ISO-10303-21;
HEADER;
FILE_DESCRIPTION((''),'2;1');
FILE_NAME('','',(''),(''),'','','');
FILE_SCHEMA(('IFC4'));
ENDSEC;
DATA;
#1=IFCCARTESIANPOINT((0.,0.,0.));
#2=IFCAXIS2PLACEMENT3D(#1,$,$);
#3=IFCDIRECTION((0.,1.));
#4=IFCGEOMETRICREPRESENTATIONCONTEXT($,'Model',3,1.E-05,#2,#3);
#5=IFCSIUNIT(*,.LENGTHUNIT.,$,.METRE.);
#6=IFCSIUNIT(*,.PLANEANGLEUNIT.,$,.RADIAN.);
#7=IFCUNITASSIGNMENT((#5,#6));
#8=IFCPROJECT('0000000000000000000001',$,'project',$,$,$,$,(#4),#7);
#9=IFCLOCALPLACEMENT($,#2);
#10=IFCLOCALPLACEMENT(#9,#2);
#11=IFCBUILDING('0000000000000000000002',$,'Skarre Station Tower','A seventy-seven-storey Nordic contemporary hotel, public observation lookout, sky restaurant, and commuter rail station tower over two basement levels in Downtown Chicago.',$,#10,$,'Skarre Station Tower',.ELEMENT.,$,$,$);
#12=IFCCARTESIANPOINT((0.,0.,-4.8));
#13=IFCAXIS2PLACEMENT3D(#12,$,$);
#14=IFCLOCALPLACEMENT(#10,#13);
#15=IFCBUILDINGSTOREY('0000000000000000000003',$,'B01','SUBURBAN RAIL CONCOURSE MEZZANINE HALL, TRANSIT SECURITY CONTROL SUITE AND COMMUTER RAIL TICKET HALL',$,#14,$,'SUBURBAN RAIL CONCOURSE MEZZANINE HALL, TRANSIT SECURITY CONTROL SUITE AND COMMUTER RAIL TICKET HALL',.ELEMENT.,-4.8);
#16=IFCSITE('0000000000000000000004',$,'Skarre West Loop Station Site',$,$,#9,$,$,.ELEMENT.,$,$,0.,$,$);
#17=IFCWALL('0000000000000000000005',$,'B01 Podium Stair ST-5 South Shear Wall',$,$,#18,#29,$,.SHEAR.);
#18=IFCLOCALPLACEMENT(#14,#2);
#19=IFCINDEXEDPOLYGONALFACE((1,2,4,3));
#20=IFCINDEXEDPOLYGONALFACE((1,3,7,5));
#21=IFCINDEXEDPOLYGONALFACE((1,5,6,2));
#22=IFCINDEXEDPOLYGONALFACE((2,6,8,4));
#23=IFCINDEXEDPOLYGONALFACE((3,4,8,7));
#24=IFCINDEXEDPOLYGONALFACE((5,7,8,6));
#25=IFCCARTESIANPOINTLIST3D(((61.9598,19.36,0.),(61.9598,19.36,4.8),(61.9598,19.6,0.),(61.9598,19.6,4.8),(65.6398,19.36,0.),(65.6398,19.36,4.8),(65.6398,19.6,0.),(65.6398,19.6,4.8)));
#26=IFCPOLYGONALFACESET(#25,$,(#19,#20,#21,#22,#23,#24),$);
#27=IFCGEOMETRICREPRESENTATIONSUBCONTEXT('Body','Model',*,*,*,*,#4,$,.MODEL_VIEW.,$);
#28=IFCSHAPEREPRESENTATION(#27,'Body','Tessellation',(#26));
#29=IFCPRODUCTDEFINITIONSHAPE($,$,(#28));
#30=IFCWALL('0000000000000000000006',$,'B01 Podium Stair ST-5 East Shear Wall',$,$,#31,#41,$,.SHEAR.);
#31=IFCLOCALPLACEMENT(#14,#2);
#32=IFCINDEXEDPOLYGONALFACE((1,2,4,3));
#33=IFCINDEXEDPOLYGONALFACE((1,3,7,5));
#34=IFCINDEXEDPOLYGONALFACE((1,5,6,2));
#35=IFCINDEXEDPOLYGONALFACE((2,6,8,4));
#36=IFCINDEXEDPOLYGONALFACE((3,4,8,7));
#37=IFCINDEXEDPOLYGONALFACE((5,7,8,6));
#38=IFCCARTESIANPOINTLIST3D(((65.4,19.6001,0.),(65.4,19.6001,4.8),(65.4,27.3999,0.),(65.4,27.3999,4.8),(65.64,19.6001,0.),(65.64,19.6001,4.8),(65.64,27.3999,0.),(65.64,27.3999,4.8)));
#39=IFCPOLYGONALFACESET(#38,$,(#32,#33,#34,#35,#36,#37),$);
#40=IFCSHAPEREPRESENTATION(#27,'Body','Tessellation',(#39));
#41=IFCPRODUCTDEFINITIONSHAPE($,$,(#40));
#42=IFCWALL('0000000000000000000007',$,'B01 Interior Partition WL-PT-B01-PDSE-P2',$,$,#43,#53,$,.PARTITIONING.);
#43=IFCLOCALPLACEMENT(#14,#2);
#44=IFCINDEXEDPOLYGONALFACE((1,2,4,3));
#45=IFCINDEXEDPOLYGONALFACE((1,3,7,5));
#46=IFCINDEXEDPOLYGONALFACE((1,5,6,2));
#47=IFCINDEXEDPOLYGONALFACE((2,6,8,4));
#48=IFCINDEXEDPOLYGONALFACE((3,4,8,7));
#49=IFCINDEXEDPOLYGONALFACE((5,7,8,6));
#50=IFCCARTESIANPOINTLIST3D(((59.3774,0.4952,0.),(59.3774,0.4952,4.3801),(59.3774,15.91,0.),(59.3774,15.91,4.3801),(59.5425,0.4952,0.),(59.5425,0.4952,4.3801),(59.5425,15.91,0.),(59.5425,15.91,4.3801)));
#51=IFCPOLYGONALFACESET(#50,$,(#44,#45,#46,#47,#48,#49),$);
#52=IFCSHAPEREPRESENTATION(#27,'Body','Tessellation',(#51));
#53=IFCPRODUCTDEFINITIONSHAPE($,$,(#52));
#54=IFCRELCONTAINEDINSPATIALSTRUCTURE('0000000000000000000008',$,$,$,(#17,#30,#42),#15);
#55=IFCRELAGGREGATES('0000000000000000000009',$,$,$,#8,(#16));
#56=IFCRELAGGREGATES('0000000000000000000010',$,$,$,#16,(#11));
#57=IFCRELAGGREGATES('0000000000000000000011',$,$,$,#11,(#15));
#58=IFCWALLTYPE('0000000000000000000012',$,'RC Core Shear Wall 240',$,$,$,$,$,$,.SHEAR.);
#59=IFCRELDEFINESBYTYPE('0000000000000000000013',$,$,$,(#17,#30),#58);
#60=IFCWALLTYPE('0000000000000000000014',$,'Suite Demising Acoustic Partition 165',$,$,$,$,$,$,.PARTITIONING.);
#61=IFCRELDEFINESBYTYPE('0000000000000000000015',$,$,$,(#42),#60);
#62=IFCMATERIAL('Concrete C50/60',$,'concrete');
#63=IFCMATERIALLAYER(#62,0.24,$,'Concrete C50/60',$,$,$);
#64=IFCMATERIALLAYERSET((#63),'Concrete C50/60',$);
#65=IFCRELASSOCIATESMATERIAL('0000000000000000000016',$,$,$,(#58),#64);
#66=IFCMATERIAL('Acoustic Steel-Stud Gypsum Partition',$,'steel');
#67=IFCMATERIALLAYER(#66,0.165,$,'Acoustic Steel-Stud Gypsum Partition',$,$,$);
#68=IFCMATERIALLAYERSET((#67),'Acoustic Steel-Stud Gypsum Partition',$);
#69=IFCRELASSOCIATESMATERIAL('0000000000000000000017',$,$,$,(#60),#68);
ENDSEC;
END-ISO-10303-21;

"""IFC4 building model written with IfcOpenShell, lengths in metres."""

from ifc_helpers import new_model, si_unit, direction, frame, frame_2d, origin, place, context, subcontext, project, spatial, rectangle, extrude, material, layer, layer_set, type_object, element, save


model = new_model("IFC4")

# Units and contexts
model_context = context("Model", 3, precision=1e-05, world=origin(), true_north=direction((0.0, 1.0)))
body_context = subcontext(model_context, "Body", "Model", "MODEL_VIEW")
ifc_project = project(units=[si_unit("LENGTHUNIT", "METRE"), si_unit("PLANEANGLEUNIT", "RADIAN")], contexts=[model_context])

# Site, building, storey
site_placement = place(None, origin())
site = spatial("IfcSite", under=ifc_project, at=site_placement, Name="Skarre West Loop Station Site", CompositionType="ELEMENT", RefElevation=0.0)
building_placement = place(site_placement, origin())
building = spatial("IfcBuilding", under=site, at=building_placement, Name="Skarre Station Tower", Description="A seventy-seven-storey Nordic contemporary hotel, public observation lookout, sky restaurant, and commuter rail station tower over two basement levels in Downtown Chicago.", LongName="Skarre Station Tower", CompositionType="ELEMENT")
storey_placement = place(building_placement, frame((0.0, 0.0, -4.8)))
storey = spatial("IfcBuildingStorey", under=building, at=storey_placement, Name="B01", Description="SUBURBAN RAIL CONCOURSE MEZZANINE HALL, TRANSIT SECURITY CONTROL SUITE AND COMMUTER RAIL TICKET HALL", LongName="SUBURBAN RAIL CONCOURSE MEZZANINE HALL, TRANSIT SECURITY CONTROL SUITE AND COMMUTER RAIL TICKET HALL", CompositionType="ELEMENT", Elevation=-4.8)

# Shared definitions
ifc_material_1 = material(Name="Concrete C50/60", Category="concrete")

# Shared definitions
ifc_material_2 = material(Name="Acoustic Steel-Stud Gypsum Partition", Category="steel")

# Walls
ifc_layer_1 = layer(ifc_material_1, 0.24, Name="Concrete C50/60")
ifc_layer_set_1 = layer_set([ifc_layer_1], Name="Concrete C50/60")
wall_type_1 = type_object("IfcWallType", Name="RC Core Shear Wall 240", PredefinedType="SHEAR", material=ifc_layer_set_1)
wall_1_placement = place(storey_placement, frame((61.96, 19.48, 0.0), z_axis=(0.0, 0.0, 1.0), x_axis=(1.0, 0.0, 0.0)))
element("IfcWall", 1, at=wall_1_placement, inside=storey, type_object=wall_type_1, Name="B01 Podium Stair ST-5 South Shear Wall", PredefinedType="SHEAR", context=body_context, shape_type="SweptSolid", body=[
    extrude(rectangle(XDim=3.6799, YDim=0.24, at=frame_2d((1.8398, 0.0))), origin(), (0.0, 0.0, 1.0), 4.8),
])
wall_2_placement = place(storey_placement, frame((65.52, 19.6001, 0.0), z_axis=(0.0, 0.0, 1.0), x_axis=(0.0, 1.0, 0.0)))
element("IfcWall", 2, at=wall_2_placement, inside=storey, type_object=wall_type_1, Name="B01 Podium Stair ST-5 East Shear Wall", PredefinedType="SHEAR", context=body_context, shape_type="SweptSolid", body=[
    extrude(rectangle(XDim=7.7998, YDim=0.24, at=frame_2d((3.8999, 0.0))), origin(), (0.0, 0.0, 1.0), 4.8),
])
ifc_layer_2 = layer(ifc_material_2, 0.165, Name="Acoustic Steel-Stud Gypsum Partition")
ifc_layer_set_2 = layer_set([ifc_layer_2], Name="Acoustic Steel-Stud Gypsum Partition")
wall_type_2 = type_object("IfcWallType", Name="Suite Demising Acoustic Partition 165", PredefinedType="PARTITIONING", material=ifc_layer_set_2)
wall_3_placement = place(storey_placement, frame((59.46, 0.4951, 0.0), z_axis=(0.0, 0.0, 1.0), x_axis=(0.0, 1.0, 0.0)))
element("IfcWall", 3, at=wall_3_placement, inside=storey, type_object=wall_type_2, Name="B01 Interior Partition WL-PT-B01-PDSE-P2", PredefinedType="PARTITIONING", context=body_context, shape_type="SweptSolid", body=[
    extrude(rectangle(XDim=15.4148, YDim=0.165, at=frame_2d((7.7075, 0.0))), origin(), (0.0, 0.0, 1.0), 4.3801),
])

save(model, "model.ifc")
